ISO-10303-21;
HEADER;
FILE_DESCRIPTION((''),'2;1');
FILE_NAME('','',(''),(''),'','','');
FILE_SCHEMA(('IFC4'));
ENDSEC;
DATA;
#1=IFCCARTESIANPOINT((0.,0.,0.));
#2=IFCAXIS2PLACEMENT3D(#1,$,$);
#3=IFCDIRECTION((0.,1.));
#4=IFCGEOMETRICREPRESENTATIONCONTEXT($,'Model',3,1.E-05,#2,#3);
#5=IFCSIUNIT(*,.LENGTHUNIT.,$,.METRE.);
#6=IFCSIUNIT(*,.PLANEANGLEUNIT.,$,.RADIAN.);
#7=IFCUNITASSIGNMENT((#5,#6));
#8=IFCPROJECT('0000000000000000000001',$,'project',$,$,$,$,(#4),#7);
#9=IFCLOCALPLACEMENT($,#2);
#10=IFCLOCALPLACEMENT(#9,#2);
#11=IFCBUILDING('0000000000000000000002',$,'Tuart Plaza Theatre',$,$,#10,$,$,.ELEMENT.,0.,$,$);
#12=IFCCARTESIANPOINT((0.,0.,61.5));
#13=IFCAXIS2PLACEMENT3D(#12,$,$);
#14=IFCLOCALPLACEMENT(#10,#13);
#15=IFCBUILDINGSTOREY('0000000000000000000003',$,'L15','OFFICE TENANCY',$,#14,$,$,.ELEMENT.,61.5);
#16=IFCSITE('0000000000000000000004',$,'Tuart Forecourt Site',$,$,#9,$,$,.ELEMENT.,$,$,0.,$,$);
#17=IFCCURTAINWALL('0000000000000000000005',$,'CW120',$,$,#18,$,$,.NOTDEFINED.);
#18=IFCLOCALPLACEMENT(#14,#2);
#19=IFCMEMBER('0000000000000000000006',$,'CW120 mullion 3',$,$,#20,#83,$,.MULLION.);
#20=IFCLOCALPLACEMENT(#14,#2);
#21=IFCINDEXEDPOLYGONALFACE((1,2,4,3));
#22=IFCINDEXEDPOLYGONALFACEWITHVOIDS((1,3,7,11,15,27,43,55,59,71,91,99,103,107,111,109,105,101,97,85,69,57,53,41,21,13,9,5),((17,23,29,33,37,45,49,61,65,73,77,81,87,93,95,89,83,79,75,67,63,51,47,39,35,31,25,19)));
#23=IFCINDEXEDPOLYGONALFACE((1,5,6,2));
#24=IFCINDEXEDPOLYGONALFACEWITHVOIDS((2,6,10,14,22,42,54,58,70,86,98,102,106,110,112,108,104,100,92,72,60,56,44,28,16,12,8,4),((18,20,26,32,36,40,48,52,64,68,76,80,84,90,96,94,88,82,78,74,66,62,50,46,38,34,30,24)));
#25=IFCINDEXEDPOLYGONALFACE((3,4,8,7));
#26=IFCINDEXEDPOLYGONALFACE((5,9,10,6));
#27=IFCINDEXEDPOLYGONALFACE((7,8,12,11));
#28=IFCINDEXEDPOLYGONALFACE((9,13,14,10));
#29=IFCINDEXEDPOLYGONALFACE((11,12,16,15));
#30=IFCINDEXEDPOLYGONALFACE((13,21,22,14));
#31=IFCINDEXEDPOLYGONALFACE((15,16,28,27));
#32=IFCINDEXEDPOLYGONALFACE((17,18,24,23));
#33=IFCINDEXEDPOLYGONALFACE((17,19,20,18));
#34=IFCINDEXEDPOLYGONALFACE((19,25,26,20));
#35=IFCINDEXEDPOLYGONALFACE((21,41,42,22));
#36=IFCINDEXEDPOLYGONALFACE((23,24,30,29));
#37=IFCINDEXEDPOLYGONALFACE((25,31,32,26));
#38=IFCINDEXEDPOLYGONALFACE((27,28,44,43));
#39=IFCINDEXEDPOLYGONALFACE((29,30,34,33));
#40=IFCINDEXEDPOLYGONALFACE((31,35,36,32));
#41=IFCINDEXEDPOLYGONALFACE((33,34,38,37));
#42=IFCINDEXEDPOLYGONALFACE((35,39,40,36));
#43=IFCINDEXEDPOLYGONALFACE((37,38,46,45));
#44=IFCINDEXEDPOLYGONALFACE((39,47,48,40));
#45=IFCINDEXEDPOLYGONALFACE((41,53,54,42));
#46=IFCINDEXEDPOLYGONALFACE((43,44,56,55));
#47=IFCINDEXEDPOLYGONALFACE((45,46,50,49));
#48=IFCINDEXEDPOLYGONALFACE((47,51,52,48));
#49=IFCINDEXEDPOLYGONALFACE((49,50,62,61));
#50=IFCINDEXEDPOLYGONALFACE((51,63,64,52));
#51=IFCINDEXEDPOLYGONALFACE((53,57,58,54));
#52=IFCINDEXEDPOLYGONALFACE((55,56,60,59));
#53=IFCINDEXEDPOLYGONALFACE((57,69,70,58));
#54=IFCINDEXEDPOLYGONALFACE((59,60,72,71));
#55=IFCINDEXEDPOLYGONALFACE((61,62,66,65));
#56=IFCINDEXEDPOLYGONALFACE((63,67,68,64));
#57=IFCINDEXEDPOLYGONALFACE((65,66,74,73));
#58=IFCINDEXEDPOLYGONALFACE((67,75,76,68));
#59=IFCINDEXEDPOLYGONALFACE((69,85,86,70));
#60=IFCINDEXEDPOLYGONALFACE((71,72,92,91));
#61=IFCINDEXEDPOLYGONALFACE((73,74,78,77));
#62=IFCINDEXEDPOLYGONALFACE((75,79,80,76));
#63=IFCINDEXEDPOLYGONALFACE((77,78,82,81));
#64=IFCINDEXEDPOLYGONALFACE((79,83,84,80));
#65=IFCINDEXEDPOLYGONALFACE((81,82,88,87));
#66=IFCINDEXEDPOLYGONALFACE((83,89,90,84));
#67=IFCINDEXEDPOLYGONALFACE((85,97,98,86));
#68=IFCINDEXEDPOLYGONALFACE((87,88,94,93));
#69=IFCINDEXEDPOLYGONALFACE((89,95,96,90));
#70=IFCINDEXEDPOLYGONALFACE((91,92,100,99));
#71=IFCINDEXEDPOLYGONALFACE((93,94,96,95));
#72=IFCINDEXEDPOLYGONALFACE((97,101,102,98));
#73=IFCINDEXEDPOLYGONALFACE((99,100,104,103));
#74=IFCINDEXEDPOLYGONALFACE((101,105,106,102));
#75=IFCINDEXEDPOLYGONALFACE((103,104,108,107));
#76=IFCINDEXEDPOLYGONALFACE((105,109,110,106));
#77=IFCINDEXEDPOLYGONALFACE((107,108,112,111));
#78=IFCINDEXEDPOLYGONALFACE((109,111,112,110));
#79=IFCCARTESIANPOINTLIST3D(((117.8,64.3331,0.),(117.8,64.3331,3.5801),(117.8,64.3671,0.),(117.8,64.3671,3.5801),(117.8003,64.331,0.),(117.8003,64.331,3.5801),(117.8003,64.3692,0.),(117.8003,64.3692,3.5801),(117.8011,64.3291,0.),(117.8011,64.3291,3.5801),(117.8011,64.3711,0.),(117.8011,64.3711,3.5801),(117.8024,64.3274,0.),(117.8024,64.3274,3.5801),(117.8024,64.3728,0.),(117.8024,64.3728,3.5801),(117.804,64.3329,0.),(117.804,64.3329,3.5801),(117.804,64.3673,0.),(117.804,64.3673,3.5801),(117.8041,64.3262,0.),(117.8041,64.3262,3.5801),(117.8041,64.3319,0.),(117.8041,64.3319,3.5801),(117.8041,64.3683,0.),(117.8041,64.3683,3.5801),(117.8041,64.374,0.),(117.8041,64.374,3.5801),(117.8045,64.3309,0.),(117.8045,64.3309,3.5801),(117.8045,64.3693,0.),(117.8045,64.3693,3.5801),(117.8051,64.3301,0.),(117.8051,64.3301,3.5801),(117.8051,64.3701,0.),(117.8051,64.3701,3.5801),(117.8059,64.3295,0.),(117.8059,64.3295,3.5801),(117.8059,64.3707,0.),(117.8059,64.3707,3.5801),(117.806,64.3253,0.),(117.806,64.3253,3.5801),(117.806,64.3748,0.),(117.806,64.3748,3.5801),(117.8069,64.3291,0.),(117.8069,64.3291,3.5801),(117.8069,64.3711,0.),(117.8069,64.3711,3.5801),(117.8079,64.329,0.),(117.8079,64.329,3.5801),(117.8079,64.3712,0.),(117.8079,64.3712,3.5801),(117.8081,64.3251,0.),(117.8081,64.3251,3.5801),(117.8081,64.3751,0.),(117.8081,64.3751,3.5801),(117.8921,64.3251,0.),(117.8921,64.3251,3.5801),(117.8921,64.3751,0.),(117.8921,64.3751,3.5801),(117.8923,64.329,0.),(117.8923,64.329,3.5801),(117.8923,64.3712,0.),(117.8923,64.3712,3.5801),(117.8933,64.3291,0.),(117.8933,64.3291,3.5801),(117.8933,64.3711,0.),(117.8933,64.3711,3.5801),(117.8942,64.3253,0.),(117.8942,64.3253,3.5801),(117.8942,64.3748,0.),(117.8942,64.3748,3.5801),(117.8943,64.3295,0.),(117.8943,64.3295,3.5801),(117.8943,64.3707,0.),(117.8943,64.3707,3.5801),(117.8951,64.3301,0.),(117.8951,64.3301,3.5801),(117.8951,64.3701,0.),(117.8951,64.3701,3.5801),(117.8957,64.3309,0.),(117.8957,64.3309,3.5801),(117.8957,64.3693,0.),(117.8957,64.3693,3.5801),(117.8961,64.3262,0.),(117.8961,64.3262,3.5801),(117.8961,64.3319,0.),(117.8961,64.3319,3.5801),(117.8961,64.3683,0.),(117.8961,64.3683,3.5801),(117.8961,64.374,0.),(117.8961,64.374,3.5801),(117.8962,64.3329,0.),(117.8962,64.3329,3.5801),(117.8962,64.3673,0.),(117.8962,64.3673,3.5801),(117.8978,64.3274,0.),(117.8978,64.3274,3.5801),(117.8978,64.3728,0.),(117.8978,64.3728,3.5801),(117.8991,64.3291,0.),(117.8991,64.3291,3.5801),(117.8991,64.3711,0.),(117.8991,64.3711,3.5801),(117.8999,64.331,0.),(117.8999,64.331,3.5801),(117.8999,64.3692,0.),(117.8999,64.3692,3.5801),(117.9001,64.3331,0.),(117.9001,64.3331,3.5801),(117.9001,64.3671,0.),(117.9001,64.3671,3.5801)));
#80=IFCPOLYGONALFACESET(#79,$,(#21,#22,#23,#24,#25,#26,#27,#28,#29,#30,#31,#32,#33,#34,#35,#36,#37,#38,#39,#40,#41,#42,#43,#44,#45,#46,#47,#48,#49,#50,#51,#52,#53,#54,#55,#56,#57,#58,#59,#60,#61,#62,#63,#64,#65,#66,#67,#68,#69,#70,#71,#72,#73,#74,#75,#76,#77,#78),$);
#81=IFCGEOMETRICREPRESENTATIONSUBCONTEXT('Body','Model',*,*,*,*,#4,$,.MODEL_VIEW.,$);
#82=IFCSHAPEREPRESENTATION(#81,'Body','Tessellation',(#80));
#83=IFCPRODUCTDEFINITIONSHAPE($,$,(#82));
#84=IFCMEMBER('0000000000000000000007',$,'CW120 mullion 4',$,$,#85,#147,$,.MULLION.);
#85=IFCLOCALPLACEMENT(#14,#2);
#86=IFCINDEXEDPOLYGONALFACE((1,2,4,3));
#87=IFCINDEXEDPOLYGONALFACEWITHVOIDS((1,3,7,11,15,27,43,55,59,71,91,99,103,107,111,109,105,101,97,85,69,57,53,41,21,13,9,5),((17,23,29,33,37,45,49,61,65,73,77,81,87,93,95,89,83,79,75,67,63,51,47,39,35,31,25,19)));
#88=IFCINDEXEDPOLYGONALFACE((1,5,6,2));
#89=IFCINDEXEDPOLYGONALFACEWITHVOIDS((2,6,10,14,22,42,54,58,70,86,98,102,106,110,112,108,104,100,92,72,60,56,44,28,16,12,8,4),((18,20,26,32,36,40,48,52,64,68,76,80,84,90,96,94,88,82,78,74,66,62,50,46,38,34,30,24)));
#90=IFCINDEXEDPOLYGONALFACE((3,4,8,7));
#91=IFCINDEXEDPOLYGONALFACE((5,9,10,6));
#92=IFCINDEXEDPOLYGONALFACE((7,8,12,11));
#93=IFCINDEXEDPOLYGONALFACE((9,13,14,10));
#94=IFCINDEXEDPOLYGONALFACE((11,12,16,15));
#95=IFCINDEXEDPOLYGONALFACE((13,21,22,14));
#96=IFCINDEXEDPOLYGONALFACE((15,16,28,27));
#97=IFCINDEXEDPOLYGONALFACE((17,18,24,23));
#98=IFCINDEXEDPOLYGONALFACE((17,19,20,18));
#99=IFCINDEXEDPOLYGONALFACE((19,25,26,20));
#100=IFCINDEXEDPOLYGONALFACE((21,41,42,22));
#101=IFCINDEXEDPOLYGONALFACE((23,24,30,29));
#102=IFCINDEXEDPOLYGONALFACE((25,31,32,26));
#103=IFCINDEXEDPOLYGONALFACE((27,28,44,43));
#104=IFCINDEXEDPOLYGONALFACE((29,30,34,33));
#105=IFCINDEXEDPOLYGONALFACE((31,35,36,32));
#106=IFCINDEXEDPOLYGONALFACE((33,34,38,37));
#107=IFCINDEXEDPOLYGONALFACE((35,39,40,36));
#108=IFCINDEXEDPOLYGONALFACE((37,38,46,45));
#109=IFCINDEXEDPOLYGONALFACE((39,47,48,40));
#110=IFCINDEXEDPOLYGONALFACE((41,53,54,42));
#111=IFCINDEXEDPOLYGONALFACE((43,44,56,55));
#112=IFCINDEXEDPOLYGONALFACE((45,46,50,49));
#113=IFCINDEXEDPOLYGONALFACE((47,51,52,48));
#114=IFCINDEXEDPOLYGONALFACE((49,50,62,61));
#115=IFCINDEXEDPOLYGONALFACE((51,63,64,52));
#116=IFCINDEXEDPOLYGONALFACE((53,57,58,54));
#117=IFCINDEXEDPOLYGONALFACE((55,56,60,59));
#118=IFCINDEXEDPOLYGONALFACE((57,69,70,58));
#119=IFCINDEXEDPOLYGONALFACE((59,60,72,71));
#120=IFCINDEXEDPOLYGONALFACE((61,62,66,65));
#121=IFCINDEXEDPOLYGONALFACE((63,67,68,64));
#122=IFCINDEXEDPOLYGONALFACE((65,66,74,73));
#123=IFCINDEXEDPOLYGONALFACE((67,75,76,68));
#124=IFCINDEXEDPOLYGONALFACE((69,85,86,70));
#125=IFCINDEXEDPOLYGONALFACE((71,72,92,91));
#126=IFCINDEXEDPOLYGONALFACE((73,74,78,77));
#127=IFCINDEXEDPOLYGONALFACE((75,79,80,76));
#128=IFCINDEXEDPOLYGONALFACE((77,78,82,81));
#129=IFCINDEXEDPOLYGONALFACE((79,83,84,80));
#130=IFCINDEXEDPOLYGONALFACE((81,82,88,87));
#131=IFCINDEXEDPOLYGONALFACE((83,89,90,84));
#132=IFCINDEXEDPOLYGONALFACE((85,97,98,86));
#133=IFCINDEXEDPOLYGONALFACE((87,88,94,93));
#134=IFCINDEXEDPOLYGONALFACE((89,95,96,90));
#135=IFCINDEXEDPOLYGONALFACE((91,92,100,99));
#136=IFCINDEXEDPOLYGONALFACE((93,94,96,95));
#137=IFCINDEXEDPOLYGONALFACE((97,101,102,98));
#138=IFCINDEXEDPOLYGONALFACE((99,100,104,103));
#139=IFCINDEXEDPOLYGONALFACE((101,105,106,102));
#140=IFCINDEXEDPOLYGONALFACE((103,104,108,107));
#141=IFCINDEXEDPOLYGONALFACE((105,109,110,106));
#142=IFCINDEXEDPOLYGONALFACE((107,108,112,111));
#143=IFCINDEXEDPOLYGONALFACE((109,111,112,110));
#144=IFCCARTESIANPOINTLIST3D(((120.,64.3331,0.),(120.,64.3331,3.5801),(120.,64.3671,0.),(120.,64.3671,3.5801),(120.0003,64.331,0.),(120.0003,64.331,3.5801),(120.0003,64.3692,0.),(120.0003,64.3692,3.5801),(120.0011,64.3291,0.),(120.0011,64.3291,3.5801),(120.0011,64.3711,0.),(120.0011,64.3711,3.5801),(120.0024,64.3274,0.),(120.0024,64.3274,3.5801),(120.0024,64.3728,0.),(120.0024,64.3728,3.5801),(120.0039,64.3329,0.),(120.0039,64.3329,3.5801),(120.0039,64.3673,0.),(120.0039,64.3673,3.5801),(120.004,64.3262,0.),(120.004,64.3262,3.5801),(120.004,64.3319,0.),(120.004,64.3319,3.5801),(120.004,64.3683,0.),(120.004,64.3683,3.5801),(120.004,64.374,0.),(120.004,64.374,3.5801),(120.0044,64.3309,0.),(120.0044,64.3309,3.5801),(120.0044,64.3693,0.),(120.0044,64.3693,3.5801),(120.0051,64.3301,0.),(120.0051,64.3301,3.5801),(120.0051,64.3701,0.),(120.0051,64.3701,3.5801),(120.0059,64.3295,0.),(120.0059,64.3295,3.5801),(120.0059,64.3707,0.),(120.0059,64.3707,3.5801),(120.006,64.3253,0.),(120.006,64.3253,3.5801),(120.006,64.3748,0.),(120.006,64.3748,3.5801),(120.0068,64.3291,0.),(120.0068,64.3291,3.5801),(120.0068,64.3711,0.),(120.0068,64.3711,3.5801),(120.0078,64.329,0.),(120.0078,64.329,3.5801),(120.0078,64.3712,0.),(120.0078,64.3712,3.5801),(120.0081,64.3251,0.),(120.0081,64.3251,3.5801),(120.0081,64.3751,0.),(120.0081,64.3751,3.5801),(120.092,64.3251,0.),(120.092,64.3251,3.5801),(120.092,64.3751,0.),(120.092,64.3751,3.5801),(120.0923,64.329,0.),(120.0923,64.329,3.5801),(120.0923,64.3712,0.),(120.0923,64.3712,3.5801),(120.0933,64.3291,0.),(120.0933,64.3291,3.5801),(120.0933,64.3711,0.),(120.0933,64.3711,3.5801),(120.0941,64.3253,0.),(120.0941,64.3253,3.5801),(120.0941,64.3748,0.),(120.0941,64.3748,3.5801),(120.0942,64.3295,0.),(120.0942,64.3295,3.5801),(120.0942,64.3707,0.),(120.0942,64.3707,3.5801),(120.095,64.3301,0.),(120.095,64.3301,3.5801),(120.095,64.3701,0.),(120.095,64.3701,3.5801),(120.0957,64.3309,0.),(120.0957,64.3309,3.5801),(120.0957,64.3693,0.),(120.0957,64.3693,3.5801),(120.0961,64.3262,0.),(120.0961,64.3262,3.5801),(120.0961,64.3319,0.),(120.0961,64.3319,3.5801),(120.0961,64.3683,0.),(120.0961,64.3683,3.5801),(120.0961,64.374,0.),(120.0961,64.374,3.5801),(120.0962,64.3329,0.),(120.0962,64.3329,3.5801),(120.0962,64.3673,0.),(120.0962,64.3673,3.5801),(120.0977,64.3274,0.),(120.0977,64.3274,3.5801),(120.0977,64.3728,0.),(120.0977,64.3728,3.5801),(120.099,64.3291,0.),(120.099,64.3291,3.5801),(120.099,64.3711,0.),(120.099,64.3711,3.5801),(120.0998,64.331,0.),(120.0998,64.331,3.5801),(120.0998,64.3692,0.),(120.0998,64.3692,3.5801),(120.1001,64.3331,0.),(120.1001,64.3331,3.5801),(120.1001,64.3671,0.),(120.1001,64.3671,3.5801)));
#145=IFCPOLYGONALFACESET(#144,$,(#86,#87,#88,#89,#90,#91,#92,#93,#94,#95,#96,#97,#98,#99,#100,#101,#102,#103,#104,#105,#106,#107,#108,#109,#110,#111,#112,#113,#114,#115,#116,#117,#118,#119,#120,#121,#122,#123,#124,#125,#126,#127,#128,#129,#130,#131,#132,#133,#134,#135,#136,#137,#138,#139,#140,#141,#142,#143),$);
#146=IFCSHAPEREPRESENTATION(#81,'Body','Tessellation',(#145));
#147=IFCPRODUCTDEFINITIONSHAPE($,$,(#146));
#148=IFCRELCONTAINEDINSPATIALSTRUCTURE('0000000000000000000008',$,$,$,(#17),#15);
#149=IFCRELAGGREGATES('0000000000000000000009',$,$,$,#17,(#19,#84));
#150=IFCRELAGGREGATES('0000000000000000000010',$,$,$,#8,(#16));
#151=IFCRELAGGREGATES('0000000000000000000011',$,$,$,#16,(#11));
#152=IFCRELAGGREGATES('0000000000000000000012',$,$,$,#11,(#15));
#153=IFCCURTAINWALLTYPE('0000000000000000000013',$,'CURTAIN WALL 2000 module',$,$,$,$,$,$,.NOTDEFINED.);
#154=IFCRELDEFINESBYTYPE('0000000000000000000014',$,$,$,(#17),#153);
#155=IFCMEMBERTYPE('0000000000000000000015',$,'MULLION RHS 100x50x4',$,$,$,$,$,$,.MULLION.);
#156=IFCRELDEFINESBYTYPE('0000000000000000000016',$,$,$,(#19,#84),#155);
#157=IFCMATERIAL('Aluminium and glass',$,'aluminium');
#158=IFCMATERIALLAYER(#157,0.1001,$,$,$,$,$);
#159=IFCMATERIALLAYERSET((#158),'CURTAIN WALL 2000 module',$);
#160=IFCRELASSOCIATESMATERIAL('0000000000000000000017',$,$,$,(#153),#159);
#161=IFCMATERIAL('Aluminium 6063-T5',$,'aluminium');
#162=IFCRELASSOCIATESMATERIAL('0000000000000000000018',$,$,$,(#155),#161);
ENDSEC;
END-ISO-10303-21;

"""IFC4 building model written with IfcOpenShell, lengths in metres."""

from ifc_helpers import new_model, si_unit, direction, frame, origin, origin_2d, place, context, subcontext, project, spatial, hollow_rectangle, extrude, material, layer, layer_set, material_profile, profile_set, type_object, element, aggregate, save


model = new_model("IFC4")

# Units and contexts
model_context = context("Model", 3, precision=1e-05, world=origin(), true_north=direction((0.0, 1.0)))
body_context = subcontext(model_context, "Body", "Model", "MODEL_VIEW")
ifc_project = project(units=[si_unit("LENGTHUNIT", "METRE"), si_unit("PLANEANGLEUNIT", "RADIAN")], contexts=[model_context])

# Site, building, storey
site_placement = place(None, origin())
site = spatial("IfcSite", under=ifc_project, at=site_placement, Name="Tuart Forecourt Site", CompositionType="ELEMENT", RefElevation=0.0)
building_placement = place(site_placement, origin())
building = spatial("IfcBuilding", under=site, at=building_placement, Name="Tuart Plaza Theatre", CompositionType="ELEMENT", ElevationOfRefHeight=0.0)
storey_placement = place(building_placement, frame((0.0, 0.0, 61.5)))
storey = spatial("IfcBuildingStorey", under=building, at=storey_placement, Name="L15", Description="OFFICE TENANCY", CompositionType="ELEMENT", Elevation=61.5)

# Curtain wall, members
ifc_material_1 = material(Name="Aluminium and glass", Category="aluminium")
ifc_layer_1 = layer(ifc_material_1, 0.1001)
ifc_layer_set_1 = layer_set([ifc_layer_1], Name="CURTAIN WALL 2000 module")
curtain_wall_type = type_object("IfcCurtainWallType", Name="CURTAIN WALL 2000 module", PredefinedType="NOTDEFINED", material=ifc_layer_set_1)
curtain_wall_1_placement = place(storey_placement, origin())
curtain_wall_1 = element("IfcCurtainWall", 1, at=curtain_wall_1_placement, inside=storey, type_object=curtain_wall_type, Name="CW120", PredefinedType="NOTDEFINED")
ifc_material_2 = material(Name="Aluminium 6063-T5", Category="aluminium")
ifc_material_profile_1 = material_profile(ifc_material_2, hollow_rectangle(XDim=0.05, YDim=0.1001, WallThickness=0.0039, InnerFilletRadius=0.0039, OuterFilletRadius=0.0081, at=origin_2d()), Name="RHS 100x50x4")
ifc_profile_set_1 = profile_set([ifc_material_profile_1], Name="Aluminium 6063-T5")
member_type_1 = type_object("IfcMemberType", Name="MULLION RHS 100x50x4", PredefinedType="MULLION", material=ifc_profile_set_1)
member_1_placement = place(storey_placement, frame((117.8501, 64.3501, 0.0), z_axis=(0.0, 0.0, 1.0), x_axis=(0.0, 1.0, 0.0)))
member_1 = element("IfcMember", 2, at=member_1_placement, type_object=member_type_1, Name="CW120 mullion 3", PredefinedType="MULLION", context=body_context, shape_type="SweptSolid", body=[
    extrude(hollow_rectangle(XDim=0.05, YDim=0.1001, WallThickness=0.0039, InnerFilletRadius=0.0039, OuterFilletRadius=0.0081, at=origin_2d()), origin(), (0.0, 0.0, 1.0), 3.5801),
])
member_2_placement = place(storey_placement, frame((120.05, 64.3501, 0.0), z_axis=(0.0, 0.0, 1.0), x_axis=(0.0, 1.0, 0.0)))
member_2 = element("IfcMember", 3, at=member_2_placement, type_object=member_type_1, Name="CW120 mullion 4", PredefinedType="MULLION", context=body_context, shape_type="SweptSolid", body=[
    extrude(hollow_rectangle(XDim=0.05, YDim=0.1001, WallThickness=0.0039, InnerFilletRadius=0.0039, OuterFilletRadius=0.0081, at=origin_2d()), origin(), (0.0, 0.0, 1.0), 3.5801),
])

aggregate(curtain_wall_1, [member_1, member_2])

save(model, "model.ifc")
